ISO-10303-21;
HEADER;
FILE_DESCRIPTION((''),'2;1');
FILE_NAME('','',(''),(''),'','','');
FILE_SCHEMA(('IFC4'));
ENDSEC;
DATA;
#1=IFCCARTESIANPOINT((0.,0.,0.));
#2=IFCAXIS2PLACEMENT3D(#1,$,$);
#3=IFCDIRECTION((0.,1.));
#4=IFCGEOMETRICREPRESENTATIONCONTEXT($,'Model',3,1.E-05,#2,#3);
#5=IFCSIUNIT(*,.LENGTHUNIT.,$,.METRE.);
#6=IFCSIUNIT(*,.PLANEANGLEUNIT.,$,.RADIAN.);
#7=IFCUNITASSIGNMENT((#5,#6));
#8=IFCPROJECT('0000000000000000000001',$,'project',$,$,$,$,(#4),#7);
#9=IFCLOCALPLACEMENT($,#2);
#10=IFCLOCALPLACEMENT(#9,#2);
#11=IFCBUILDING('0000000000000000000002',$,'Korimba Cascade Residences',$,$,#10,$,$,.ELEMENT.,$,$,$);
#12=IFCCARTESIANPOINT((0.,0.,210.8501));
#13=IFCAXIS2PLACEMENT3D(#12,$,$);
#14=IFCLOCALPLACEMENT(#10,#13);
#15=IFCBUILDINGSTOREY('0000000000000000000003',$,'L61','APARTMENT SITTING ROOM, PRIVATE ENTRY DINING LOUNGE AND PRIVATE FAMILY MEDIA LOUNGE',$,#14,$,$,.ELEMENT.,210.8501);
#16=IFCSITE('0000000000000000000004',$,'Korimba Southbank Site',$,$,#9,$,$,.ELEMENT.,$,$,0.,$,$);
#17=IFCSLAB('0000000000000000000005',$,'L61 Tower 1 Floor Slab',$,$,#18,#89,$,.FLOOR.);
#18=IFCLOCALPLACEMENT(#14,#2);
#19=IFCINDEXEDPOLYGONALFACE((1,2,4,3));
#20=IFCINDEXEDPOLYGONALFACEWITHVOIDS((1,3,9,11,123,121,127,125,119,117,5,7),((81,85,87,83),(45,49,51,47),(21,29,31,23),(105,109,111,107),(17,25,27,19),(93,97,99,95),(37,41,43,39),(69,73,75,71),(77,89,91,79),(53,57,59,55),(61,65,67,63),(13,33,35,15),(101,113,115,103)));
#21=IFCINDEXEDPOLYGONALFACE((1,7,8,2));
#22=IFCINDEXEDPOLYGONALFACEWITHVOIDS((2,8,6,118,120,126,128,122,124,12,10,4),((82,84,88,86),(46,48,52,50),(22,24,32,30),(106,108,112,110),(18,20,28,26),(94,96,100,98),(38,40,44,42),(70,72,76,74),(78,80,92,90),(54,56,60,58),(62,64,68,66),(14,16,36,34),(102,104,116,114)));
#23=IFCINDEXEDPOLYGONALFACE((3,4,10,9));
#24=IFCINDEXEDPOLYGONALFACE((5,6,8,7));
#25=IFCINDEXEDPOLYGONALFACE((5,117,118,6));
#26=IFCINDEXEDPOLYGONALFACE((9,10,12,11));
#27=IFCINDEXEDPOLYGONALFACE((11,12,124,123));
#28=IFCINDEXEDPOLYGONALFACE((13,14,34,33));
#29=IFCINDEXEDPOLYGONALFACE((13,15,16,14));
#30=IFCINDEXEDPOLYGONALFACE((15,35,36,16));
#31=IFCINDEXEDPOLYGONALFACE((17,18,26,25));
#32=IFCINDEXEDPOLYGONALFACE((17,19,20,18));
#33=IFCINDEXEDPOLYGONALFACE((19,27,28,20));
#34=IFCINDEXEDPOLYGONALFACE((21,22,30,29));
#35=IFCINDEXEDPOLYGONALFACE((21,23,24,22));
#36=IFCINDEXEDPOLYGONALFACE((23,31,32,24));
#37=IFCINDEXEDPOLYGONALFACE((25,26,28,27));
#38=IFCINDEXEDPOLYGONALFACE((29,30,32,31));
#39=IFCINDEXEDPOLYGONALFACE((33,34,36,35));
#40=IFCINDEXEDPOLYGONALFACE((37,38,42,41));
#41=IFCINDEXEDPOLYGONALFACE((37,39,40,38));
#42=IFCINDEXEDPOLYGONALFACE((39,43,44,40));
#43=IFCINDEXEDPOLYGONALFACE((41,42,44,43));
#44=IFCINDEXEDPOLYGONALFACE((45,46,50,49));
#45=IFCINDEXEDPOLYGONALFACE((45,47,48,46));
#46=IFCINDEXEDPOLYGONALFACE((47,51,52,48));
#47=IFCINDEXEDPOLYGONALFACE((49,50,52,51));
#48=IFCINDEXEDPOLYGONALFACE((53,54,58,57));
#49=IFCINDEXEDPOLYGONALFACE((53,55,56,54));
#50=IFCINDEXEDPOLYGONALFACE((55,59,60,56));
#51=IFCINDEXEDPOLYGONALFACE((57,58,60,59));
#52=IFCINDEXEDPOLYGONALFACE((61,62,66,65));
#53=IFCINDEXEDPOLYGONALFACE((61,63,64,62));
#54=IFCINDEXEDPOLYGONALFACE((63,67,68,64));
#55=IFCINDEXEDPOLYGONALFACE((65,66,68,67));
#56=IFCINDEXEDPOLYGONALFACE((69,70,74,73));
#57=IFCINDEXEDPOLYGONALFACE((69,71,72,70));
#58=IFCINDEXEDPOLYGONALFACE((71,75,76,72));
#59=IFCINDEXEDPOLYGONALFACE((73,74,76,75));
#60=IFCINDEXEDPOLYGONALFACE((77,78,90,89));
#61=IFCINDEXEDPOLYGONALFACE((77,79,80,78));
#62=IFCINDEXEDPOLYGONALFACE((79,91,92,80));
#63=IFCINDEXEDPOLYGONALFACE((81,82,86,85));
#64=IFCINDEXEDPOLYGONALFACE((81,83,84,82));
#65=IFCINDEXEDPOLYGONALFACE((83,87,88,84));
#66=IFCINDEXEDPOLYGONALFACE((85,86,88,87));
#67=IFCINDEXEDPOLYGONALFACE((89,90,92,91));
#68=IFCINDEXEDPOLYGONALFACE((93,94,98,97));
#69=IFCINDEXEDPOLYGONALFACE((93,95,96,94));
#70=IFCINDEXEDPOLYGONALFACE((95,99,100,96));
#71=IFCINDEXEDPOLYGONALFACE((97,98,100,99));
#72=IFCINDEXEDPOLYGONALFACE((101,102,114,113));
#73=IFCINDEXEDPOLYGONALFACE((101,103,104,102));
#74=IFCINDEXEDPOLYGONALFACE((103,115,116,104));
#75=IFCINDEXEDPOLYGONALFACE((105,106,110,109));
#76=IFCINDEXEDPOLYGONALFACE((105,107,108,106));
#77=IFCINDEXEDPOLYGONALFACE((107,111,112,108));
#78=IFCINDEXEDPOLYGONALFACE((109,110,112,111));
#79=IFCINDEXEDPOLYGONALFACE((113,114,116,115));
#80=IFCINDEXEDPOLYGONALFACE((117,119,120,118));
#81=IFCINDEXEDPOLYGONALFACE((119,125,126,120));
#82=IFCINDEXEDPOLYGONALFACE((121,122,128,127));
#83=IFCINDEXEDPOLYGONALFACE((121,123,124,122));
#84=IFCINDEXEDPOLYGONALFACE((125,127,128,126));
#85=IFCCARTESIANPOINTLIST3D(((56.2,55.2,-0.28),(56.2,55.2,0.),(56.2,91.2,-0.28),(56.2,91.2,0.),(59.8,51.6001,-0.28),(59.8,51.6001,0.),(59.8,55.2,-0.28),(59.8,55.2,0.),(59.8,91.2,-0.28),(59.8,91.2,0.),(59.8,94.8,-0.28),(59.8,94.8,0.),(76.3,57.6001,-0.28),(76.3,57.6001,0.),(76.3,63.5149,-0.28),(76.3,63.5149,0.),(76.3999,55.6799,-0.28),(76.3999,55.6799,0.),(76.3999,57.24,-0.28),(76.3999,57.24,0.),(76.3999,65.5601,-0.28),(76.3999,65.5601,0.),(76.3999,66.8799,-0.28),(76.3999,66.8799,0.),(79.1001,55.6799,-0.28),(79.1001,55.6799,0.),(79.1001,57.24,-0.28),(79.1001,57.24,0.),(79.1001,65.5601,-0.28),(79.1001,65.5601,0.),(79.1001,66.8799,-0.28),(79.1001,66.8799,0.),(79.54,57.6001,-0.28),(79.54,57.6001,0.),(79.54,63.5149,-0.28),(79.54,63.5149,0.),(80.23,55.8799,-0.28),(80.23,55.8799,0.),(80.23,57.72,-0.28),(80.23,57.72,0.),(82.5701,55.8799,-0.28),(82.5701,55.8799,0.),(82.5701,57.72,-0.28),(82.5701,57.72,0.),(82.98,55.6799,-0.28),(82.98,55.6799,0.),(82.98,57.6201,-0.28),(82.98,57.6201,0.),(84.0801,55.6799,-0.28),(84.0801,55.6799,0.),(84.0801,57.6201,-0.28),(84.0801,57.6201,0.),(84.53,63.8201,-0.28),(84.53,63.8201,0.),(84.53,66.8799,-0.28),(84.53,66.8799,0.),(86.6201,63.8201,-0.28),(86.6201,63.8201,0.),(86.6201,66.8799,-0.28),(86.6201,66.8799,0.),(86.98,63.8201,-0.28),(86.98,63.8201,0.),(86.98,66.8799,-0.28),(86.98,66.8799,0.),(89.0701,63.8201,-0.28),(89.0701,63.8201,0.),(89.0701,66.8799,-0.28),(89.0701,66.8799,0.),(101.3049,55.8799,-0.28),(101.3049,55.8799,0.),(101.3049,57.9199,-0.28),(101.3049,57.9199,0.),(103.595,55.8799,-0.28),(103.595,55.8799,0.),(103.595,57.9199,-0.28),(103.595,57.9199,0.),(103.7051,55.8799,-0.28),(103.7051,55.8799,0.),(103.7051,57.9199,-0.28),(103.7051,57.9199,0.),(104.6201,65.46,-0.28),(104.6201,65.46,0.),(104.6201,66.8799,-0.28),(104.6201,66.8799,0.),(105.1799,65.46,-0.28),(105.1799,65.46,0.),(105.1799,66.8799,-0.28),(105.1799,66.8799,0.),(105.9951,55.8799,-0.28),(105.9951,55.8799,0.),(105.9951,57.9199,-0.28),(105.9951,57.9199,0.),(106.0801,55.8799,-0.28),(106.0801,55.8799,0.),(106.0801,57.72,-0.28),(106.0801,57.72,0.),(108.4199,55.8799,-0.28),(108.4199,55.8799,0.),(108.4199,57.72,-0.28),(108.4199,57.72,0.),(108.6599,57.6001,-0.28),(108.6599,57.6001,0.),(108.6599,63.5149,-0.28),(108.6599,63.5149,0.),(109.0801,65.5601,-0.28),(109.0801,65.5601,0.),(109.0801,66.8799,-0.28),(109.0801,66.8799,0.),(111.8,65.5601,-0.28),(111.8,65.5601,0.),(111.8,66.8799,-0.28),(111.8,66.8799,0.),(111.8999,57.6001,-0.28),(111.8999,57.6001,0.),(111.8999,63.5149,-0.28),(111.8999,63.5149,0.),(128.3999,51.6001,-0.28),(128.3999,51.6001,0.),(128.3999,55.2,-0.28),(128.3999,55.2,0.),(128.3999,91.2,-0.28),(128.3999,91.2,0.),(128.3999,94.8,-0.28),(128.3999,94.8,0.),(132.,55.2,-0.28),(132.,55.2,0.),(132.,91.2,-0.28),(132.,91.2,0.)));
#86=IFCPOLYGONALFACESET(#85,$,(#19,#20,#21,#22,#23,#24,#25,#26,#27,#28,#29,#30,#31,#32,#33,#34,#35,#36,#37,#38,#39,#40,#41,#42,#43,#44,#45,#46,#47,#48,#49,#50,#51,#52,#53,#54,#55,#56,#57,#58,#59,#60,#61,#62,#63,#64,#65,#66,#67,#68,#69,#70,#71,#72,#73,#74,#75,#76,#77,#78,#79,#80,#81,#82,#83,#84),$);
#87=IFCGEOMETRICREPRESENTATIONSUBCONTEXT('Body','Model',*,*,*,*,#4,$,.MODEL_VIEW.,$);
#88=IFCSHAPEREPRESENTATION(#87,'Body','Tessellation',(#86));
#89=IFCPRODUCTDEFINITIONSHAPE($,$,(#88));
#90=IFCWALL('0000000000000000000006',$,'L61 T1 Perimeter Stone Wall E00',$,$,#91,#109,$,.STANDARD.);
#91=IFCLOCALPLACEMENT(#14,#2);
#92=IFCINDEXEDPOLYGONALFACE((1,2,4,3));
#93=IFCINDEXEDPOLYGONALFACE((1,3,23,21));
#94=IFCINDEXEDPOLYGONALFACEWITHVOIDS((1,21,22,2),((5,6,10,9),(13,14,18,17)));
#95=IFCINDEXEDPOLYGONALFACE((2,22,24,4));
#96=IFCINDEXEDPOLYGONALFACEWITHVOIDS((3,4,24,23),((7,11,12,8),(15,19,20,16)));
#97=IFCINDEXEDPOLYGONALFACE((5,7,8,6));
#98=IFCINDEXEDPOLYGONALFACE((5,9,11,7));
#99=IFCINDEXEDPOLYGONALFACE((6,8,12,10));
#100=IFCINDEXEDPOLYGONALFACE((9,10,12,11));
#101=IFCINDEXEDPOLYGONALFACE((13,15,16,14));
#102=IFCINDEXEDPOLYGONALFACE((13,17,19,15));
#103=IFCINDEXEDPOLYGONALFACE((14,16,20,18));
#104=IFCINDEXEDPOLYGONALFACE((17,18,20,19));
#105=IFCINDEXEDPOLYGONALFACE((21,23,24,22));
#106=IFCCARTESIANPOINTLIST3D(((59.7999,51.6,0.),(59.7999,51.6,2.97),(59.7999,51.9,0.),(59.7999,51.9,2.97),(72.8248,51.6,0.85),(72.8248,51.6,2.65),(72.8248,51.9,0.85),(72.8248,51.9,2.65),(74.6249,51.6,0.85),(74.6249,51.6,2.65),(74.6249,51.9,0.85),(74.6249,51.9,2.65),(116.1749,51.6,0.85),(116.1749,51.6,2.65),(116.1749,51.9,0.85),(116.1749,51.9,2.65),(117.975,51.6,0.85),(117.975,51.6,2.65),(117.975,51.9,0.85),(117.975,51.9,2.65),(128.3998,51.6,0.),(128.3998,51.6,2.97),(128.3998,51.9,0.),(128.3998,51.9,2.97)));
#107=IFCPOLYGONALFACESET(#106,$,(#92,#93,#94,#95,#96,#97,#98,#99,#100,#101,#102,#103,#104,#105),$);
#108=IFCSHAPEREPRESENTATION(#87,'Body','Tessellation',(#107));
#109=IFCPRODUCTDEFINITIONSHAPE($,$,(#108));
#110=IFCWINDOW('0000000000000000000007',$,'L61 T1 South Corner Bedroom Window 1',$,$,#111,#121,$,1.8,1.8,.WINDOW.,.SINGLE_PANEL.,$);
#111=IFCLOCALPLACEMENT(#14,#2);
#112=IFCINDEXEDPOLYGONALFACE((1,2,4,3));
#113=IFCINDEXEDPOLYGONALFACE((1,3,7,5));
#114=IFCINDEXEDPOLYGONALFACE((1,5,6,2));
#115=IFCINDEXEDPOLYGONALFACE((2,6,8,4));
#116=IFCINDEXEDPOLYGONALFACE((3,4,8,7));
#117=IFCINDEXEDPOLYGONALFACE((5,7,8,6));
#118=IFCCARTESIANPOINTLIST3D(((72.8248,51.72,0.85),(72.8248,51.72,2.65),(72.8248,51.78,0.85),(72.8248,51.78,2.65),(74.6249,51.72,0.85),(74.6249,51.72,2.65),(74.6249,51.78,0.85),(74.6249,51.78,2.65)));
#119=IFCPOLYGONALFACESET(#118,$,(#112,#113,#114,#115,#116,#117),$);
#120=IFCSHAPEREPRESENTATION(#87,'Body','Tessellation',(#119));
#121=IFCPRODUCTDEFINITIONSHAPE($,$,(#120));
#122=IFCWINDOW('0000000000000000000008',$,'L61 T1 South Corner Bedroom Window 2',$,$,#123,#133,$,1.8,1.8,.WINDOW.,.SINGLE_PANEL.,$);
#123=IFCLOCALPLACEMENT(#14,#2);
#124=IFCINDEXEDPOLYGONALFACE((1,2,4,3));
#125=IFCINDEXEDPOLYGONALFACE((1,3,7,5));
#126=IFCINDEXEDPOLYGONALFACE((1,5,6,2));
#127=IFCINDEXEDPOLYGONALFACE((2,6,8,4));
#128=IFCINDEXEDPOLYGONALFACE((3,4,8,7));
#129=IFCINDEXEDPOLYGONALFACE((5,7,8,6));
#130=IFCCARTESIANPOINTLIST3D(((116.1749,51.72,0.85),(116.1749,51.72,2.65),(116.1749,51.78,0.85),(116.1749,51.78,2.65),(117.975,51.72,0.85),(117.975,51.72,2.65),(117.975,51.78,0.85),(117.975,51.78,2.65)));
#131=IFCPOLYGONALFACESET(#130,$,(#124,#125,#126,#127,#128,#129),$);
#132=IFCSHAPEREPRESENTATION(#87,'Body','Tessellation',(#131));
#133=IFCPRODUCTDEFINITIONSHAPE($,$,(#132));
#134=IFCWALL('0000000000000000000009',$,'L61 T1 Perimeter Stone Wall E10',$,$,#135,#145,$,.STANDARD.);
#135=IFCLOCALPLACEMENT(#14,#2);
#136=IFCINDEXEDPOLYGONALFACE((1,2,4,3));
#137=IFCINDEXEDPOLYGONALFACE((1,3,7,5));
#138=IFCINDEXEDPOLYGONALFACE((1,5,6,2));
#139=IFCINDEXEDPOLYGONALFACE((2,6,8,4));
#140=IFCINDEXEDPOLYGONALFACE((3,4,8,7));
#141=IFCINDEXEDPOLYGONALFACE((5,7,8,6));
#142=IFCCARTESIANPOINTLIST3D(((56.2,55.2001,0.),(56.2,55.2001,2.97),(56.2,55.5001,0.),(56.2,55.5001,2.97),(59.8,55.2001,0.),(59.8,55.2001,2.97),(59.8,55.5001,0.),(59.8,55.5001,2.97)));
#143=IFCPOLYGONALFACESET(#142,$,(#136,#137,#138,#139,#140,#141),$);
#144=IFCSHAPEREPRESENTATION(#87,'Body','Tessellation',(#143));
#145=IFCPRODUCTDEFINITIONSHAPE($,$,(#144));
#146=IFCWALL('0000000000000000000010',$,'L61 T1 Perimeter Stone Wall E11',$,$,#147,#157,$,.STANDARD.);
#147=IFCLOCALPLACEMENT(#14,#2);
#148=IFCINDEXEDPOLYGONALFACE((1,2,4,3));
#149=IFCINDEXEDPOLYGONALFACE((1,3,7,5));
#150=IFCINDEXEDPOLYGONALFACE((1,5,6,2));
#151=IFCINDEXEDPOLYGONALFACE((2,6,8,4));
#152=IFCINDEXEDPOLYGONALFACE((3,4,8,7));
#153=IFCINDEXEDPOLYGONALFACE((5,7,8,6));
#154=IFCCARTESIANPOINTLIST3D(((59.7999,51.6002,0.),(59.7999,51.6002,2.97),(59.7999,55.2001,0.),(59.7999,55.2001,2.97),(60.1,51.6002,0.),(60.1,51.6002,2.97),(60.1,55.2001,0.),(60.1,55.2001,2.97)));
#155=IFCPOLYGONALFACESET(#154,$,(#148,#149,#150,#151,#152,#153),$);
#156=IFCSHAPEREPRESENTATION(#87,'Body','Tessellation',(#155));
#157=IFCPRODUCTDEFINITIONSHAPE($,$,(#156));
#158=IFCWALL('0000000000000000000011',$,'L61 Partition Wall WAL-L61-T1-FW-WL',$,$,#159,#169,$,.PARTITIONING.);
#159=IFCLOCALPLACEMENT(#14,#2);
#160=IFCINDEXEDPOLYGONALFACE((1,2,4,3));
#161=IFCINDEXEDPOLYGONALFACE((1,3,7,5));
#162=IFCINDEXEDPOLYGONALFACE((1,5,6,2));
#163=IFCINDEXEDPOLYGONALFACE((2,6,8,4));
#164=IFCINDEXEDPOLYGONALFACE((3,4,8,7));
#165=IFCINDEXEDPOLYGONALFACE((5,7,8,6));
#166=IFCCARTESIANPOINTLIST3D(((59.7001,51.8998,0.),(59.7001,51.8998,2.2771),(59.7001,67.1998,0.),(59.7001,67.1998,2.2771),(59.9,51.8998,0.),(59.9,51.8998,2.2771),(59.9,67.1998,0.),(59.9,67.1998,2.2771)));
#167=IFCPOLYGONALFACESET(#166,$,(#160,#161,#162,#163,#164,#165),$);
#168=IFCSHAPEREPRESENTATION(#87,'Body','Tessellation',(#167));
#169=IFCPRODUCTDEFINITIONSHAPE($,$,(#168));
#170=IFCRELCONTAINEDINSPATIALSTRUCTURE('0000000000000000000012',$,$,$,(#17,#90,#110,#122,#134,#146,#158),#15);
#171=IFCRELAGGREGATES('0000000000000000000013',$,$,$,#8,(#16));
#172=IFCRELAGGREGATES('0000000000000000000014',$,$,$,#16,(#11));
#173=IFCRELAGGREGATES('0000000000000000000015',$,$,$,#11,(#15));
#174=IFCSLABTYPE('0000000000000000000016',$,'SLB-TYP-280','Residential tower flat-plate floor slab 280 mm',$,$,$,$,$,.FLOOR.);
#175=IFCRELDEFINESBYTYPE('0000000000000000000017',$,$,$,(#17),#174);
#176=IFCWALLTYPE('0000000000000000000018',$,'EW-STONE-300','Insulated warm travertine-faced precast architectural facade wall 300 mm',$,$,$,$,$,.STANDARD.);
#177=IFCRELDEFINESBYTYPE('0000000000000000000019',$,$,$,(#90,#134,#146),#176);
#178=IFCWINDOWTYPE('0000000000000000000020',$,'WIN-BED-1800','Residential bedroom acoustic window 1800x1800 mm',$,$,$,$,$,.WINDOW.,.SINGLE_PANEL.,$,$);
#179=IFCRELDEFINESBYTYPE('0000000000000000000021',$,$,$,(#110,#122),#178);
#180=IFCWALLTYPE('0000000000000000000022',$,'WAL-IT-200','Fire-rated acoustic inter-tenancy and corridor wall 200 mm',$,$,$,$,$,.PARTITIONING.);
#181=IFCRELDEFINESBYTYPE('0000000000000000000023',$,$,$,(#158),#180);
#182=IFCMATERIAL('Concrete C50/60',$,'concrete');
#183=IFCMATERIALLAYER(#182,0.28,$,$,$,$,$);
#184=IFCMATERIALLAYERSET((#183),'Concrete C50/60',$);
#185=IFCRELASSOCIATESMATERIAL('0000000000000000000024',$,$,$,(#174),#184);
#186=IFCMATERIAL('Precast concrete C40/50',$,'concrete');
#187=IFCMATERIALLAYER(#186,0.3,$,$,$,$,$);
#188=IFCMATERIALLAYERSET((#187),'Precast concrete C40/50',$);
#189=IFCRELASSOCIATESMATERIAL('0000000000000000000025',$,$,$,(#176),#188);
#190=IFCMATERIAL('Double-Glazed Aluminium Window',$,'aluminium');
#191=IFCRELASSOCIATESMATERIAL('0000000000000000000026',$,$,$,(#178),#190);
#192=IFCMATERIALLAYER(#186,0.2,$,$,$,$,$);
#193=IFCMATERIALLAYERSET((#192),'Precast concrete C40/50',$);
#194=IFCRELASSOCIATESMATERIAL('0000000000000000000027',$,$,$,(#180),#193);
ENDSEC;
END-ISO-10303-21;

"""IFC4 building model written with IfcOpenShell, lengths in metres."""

from ifc_helpers import new_model, si_unit, direction, frame, frame_2d, origin, place, context, subcontext, project, spatial, polyline, rectangle, outline, extrude, material, layer, layer_set, type_object, element, fill, save


model = new_model("IFC4")

# Units and contexts
model_context = context("Model", 3, precision=1e-05, world=origin(), true_north=direction((0.0, 1.0)))
body_context = subcontext(model_context, "Body", "Model", "MODEL_VIEW")
ifc_project = project(units=[si_unit("LENGTHUNIT", "METRE"), si_unit("PLANEANGLEUNIT", "RADIAN")], contexts=[model_context])

# Site, building, storey
site_placement = place(None, origin())
site = spatial("IfcSite", under=ifc_project, at=site_placement, Name="Korimba Southbank Site", CompositionType="ELEMENT", RefElevation=0.0)
building_placement = place(site_placement, origin())
building = spatial("IfcBuilding", under=site, at=building_placement, Name="Korimba Cascade Residences", CompositionType="ELEMENT")
storey_placement = place(building_placement, frame((0.0, 0.0, 210.8501)))
storey = spatial("IfcBuildingStorey", under=building, at=storey_placement, Name="L61", Description="APARTMENT SITTING ROOM, PRIVATE ENTRY DINING LOUNGE AND PRIVATE FAMILY MEDIA LOUNGE", CompositionType="ELEMENT", Elevation=210.8501)

# Shared definitions
ifc_material_1 = material(Name="Concrete C50/60", Category="concrete")

# Slab
ifc_material_2 = material(Name="Precast concrete C40/50", Category="concrete")
ifc_layer_1 = layer(ifc_material_1, 0.28)
ifc_layer_set_1 = layer_set([ifc_layer_1], Name="Concrete C50/60")
slab_type_1 = type_object("IfcSlabType", Name="SLB-TYP-280", Description="Residential tower flat-plate floor slab 280 mm", PredefinedType="FLOOR", material=ifc_layer_set_1)
slab_1_placement = place(storey_placement, frame((0.0, 0.0, -0.28)))
element("IfcSlab", 1, at=slab_1_placement, inside=storey, type_object=slab_type_1, Name="L61 Tower 1 Floor Slab", PredefinedType="FLOOR", context=body_context, shape_type="SweptSolid", body=[
    extrude(outline(polyline([(59.8, 51.6001), (128.3999, 51.6001), (128.3999, 55.2), (132.0, 55.2), (132.0, 91.2), (128.3999, 91.2), (128.3999, 94.8), (59.8, 94.8), (59.8, 91.2), (56.2, 91.2), (56.2, 55.2), (59.8, 55.2), (59.8, 51.6001)]), holes=[polyline([(76.3, 63.5149), (76.3, 57.6001), (79.54, 57.6001), (79.54, 63.5149), (76.3, 63.5149)]), polyline([(108.6599, 63.5149), (108.6599, 57.6001), (111.8999, 57.6001), (111.8999, 63.5149), (108.6599, 63.5149)]), polyline([(80.23, 55.8799), (82.5701, 55.8799), (82.5701, 57.72), (80.23, 57.72), (80.23, 55.8799)]), polyline([(106.0801, 55.8799), (108.4199, 55.8799), (108.4199, 57.72), (106.0801, 57.72), (106.0801, 55.8799)]), polyline([(101.3049, 55.8799), (103.595, 55.8799), (103.595, 57.9199), (101.3049, 57.9199), (101.3049, 55.8799)]), polyline([(103.7051, 55.8799), (105.9951, 55.8799), (105.9951, 57.9199), (103.7051, 57.9199), (103.7051, 55.8799)]), polyline([(82.98, 55.6799), (84.0801, 55.6799), (84.0801, 57.6201), (82.98, 57.6201), (82.98, 55.6799)]), polyline([(76.3999, 65.5601), (79.1001, 65.5601), (79.1001, 66.8799), (76.3999, 66.8799), (76.3999, 65.5601)]), polyline([(76.3999, 55.6799), (79.1001, 55.6799), (79.1001, 57.24), (76.3999, 57.24), (76.3999, 55.6799)]), polyline([(84.53, 63.8201), (86.6201, 63.8201), (86.6201, 66.8799), (84.53, 66.8799), (84.53, 63.8201)]), polyline([(86.98, 63.8201), (89.0701, 63.8201), (89.0701, 66.8799), (86.98, 66.8799), (86.98, 63.8201)]), polyline([(104.6201, 65.46), (105.1799, 65.46), (105.1799, 66.8799), (104.6201, 66.8799), (104.6201, 65.46)]), polyline([(109.0801, 65.5601), (111.8, 65.5601), (111.8, 66.8799), (109.0801, 66.8799), (109.0801, 65.5601)])]), origin(), (0.0, 0.0, 1.0), 0.28),
])

# Wall, openings, windows
ifc_layer_2 = layer(ifc_material_2, 0.3)
ifc_layer_set_2 = layer_set([ifc_layer_2], Name="Precast concrete C40/50")
wall_type_1 = type_object("IfcWallType", Name="EW-STONE-300", Description="Insulated warm travertine-faced precast architectural facade wall 300 mm", PredefinedType="STANDARD", material=ifc_layer_set_2)
wall_1_placement = place(storey_placement, frame((59.8, 51.75, 0.0), z_axis=(0.0, 0.0, 1.0), x_axis=(1.0, 0.0, 0.0)))
wall_1 = element("IfcWall", 2, at=wall_1_placement, inside=storey, type_object=wall_type_1, Name="L61 T1 Perimeter Stone Wall E00", PredefinedType="STANDARD", context=body_context, shape_type="SweptSolid", body=[
    extrude(rectangle(XDim=68.5999, YDim=0.3, at=frame_2d((34.2998, 0.0))), origin(), (0.0, 0.0, 1.0), 2.97),
])
opening_1_placement = place(wall_1_placement, frame((13.0249, 0.0, 0.8501)))
opening_1 = element("IfcOpeningElement", 3, at=opening_1_placement, cuts=wall_1, PredefinedType="OPENING", context=body_context, shape_type="SweptSolid", body=[
    extrude(rectangle(XDim=1.8, YDim=1.8, at=frame_2d((0.8999, 0.8999))), frame((0.0, 0.1602, 0.0), z_axis=(0.0, -1.0, 0.0), x_axis=(1.0, 0.0, 0.0)), (0.0, 0.0, 1.0), 0.3201),
])
opening_2_placement = place(wall_1_placement, frame((56.375, 0.0, 0.8501)))
opening_2 = element("IfcOpeningElement", 4, at=opening_2_placement, cuts=wall_1, PredefinedType="OPENING", context=body_context, shape_type="SweptSolid", body=[
    extrude(rectangle(XDim=1.8, YDim=1.8, at=frame_2d((0.8999, 0.8999))), frame((0.0, 0.1602, 0.0), z_axis=(0.0, -1.0, 0.0), x_axis=(1.0, 0.0, 0.0)), (0.0, 0.0, 1.0), 0.3201),
])
ifc_material_3 = material(Name="Double-Glazed Aluminium Window", Category="aluminium")
window_type = type_object("IfcWindowType", Name="WIN-BED-1800", Description="Residential bedroom acoustic window 1800x1800 mm", PartitioningType="SINGLE_PANEL", PredefinedType="WINDOW", material=ifc_material_3)
window_1_placement = place(opening_1_placement, origin())
window_1 = element("IfcWindow", 5, at=window_1_placement, inside=storey, type_object=window_type, Name="L61 T1 South Corner Bedroom Window 1", OverallHeight=1.8, OverallWidth=1.8, PartitioningType="SINGLE_PANEL", PredefinedType="WINDOW", context=body_context, shape_type="SweptSolid", body=[
    extrude(rectangle(XDim=1.8, YDim=1.8, at=frame_2d((0.8999, 0.8999))), frame((0.0, 0.03, 0.0), z_axis=(0.0, -1.0, 0.0), x_axis=(1.0, 0.0, 0.0)), (0.0, 0.0, 1.0), 0.0601),
])
fill(opening_1, window_1)
window_2_placement = place(opening_2_placement, origin())
window_2 = element("IfcWindow", 6, at=window_2_placement, inside=storey, type_object=window_type, Name="L61 T1 South Corner Bedroom Window 2", OverallHeight=1.8, OverallWidth=1.8, PartitioningType="SINGLE_PANEL", PredefinedType="WINDOW", context=body_context, shape_type="SweptSolid", body=[
    extrude(rectangle(XDim=1.8, YDim=1.8, at=frame_2d((0.8999, 0.8999))), frame((0.0, 0.03, 0.0), z_axis=(0.0, -1.0, 0.0), x_axis=(1.0, 0.0, 0.0)), (0.0, 0.0, 1.0), 0.0601),
])
fill(opening_2, window_2)

# Walls
wall_2_placement = place(storey_placement, frame((56.2, 55.3501, 0.0), z_axis=(0.0, 0.0, 1.0), x_axis=(1.0, 0.0, 0.0)))
element("IfcWall", 7, at=wall_2_placement, inside=storey, type_object=wall_type_1, Name="L61 T1 Perimeter Stone Wall E10", PredefinedType="STANDARD", context=body_context, shape_type="SweptSolid", body=[
    extrude(rectangle(XDim=3.6001, YDim=0.3, at=frame_2d((1.8, 0.0))), origin(), (0.0, 0.0, 1.0), 2.97),
])
wall_3_placement = place(storey_placement, frame((59.95, 55.2, 0.0), z_axis=(0.0, 0.0, 1.0), x_axis=(0.0, -1.0, 0.0)))
element("IfcWall", 8, at=wall_3_placement, inside=storey, type_object=wall_type_1, Name="L61 T1 Perimeter Stone Wall E11", PredefinedType="STANDARD", context=body_context, shape_type="SweptSolid", body=[
    extrude(rectangle(XDim=3.5999, YDim=0.3, at=frame_2d((1.7998, 0.0))), origin(), (0.0, 0.0, 1.0), 2.97),
])
ifc_layer_3 = layer(ifc_material_2, 0.2)
ifc_layer_set_3 = layer_set([ifc_layer_3], Name="Precast concrete C40/50")
wall_type_2 = type_object("IfcWallType", Name="WAL-IT-200", Description="Fire-rated acoustic inter-tenancy and corridor wall 200 mm", PredefinedType="PARTITIONING", material=ifc_layer_set_3)
wall_4_placement = place(storey_placement, frame((59.8, 51.8999, 0.0), z_axis=(0.0, 0.0, 1.0), x_axis=(0.0, 1.0, 0.0)))
element("IfcWall", 9, at=wall_4_placement, inside=storey, type_object=wall_type_2, Name="L61 Partition Wall WAL-L61-T1-FW-WL", PredefinedType="PARTITIONING", context=body_context, shape_type="SweptSolid", body=[
    extrude(rectangle(XDim=15.3, YDim=0.2, at=frame_2d((7.6499, 0.0))), origin(), (0.0, 0.0, 1.0), 2.2771),
])

save(model, "model.ifc")
